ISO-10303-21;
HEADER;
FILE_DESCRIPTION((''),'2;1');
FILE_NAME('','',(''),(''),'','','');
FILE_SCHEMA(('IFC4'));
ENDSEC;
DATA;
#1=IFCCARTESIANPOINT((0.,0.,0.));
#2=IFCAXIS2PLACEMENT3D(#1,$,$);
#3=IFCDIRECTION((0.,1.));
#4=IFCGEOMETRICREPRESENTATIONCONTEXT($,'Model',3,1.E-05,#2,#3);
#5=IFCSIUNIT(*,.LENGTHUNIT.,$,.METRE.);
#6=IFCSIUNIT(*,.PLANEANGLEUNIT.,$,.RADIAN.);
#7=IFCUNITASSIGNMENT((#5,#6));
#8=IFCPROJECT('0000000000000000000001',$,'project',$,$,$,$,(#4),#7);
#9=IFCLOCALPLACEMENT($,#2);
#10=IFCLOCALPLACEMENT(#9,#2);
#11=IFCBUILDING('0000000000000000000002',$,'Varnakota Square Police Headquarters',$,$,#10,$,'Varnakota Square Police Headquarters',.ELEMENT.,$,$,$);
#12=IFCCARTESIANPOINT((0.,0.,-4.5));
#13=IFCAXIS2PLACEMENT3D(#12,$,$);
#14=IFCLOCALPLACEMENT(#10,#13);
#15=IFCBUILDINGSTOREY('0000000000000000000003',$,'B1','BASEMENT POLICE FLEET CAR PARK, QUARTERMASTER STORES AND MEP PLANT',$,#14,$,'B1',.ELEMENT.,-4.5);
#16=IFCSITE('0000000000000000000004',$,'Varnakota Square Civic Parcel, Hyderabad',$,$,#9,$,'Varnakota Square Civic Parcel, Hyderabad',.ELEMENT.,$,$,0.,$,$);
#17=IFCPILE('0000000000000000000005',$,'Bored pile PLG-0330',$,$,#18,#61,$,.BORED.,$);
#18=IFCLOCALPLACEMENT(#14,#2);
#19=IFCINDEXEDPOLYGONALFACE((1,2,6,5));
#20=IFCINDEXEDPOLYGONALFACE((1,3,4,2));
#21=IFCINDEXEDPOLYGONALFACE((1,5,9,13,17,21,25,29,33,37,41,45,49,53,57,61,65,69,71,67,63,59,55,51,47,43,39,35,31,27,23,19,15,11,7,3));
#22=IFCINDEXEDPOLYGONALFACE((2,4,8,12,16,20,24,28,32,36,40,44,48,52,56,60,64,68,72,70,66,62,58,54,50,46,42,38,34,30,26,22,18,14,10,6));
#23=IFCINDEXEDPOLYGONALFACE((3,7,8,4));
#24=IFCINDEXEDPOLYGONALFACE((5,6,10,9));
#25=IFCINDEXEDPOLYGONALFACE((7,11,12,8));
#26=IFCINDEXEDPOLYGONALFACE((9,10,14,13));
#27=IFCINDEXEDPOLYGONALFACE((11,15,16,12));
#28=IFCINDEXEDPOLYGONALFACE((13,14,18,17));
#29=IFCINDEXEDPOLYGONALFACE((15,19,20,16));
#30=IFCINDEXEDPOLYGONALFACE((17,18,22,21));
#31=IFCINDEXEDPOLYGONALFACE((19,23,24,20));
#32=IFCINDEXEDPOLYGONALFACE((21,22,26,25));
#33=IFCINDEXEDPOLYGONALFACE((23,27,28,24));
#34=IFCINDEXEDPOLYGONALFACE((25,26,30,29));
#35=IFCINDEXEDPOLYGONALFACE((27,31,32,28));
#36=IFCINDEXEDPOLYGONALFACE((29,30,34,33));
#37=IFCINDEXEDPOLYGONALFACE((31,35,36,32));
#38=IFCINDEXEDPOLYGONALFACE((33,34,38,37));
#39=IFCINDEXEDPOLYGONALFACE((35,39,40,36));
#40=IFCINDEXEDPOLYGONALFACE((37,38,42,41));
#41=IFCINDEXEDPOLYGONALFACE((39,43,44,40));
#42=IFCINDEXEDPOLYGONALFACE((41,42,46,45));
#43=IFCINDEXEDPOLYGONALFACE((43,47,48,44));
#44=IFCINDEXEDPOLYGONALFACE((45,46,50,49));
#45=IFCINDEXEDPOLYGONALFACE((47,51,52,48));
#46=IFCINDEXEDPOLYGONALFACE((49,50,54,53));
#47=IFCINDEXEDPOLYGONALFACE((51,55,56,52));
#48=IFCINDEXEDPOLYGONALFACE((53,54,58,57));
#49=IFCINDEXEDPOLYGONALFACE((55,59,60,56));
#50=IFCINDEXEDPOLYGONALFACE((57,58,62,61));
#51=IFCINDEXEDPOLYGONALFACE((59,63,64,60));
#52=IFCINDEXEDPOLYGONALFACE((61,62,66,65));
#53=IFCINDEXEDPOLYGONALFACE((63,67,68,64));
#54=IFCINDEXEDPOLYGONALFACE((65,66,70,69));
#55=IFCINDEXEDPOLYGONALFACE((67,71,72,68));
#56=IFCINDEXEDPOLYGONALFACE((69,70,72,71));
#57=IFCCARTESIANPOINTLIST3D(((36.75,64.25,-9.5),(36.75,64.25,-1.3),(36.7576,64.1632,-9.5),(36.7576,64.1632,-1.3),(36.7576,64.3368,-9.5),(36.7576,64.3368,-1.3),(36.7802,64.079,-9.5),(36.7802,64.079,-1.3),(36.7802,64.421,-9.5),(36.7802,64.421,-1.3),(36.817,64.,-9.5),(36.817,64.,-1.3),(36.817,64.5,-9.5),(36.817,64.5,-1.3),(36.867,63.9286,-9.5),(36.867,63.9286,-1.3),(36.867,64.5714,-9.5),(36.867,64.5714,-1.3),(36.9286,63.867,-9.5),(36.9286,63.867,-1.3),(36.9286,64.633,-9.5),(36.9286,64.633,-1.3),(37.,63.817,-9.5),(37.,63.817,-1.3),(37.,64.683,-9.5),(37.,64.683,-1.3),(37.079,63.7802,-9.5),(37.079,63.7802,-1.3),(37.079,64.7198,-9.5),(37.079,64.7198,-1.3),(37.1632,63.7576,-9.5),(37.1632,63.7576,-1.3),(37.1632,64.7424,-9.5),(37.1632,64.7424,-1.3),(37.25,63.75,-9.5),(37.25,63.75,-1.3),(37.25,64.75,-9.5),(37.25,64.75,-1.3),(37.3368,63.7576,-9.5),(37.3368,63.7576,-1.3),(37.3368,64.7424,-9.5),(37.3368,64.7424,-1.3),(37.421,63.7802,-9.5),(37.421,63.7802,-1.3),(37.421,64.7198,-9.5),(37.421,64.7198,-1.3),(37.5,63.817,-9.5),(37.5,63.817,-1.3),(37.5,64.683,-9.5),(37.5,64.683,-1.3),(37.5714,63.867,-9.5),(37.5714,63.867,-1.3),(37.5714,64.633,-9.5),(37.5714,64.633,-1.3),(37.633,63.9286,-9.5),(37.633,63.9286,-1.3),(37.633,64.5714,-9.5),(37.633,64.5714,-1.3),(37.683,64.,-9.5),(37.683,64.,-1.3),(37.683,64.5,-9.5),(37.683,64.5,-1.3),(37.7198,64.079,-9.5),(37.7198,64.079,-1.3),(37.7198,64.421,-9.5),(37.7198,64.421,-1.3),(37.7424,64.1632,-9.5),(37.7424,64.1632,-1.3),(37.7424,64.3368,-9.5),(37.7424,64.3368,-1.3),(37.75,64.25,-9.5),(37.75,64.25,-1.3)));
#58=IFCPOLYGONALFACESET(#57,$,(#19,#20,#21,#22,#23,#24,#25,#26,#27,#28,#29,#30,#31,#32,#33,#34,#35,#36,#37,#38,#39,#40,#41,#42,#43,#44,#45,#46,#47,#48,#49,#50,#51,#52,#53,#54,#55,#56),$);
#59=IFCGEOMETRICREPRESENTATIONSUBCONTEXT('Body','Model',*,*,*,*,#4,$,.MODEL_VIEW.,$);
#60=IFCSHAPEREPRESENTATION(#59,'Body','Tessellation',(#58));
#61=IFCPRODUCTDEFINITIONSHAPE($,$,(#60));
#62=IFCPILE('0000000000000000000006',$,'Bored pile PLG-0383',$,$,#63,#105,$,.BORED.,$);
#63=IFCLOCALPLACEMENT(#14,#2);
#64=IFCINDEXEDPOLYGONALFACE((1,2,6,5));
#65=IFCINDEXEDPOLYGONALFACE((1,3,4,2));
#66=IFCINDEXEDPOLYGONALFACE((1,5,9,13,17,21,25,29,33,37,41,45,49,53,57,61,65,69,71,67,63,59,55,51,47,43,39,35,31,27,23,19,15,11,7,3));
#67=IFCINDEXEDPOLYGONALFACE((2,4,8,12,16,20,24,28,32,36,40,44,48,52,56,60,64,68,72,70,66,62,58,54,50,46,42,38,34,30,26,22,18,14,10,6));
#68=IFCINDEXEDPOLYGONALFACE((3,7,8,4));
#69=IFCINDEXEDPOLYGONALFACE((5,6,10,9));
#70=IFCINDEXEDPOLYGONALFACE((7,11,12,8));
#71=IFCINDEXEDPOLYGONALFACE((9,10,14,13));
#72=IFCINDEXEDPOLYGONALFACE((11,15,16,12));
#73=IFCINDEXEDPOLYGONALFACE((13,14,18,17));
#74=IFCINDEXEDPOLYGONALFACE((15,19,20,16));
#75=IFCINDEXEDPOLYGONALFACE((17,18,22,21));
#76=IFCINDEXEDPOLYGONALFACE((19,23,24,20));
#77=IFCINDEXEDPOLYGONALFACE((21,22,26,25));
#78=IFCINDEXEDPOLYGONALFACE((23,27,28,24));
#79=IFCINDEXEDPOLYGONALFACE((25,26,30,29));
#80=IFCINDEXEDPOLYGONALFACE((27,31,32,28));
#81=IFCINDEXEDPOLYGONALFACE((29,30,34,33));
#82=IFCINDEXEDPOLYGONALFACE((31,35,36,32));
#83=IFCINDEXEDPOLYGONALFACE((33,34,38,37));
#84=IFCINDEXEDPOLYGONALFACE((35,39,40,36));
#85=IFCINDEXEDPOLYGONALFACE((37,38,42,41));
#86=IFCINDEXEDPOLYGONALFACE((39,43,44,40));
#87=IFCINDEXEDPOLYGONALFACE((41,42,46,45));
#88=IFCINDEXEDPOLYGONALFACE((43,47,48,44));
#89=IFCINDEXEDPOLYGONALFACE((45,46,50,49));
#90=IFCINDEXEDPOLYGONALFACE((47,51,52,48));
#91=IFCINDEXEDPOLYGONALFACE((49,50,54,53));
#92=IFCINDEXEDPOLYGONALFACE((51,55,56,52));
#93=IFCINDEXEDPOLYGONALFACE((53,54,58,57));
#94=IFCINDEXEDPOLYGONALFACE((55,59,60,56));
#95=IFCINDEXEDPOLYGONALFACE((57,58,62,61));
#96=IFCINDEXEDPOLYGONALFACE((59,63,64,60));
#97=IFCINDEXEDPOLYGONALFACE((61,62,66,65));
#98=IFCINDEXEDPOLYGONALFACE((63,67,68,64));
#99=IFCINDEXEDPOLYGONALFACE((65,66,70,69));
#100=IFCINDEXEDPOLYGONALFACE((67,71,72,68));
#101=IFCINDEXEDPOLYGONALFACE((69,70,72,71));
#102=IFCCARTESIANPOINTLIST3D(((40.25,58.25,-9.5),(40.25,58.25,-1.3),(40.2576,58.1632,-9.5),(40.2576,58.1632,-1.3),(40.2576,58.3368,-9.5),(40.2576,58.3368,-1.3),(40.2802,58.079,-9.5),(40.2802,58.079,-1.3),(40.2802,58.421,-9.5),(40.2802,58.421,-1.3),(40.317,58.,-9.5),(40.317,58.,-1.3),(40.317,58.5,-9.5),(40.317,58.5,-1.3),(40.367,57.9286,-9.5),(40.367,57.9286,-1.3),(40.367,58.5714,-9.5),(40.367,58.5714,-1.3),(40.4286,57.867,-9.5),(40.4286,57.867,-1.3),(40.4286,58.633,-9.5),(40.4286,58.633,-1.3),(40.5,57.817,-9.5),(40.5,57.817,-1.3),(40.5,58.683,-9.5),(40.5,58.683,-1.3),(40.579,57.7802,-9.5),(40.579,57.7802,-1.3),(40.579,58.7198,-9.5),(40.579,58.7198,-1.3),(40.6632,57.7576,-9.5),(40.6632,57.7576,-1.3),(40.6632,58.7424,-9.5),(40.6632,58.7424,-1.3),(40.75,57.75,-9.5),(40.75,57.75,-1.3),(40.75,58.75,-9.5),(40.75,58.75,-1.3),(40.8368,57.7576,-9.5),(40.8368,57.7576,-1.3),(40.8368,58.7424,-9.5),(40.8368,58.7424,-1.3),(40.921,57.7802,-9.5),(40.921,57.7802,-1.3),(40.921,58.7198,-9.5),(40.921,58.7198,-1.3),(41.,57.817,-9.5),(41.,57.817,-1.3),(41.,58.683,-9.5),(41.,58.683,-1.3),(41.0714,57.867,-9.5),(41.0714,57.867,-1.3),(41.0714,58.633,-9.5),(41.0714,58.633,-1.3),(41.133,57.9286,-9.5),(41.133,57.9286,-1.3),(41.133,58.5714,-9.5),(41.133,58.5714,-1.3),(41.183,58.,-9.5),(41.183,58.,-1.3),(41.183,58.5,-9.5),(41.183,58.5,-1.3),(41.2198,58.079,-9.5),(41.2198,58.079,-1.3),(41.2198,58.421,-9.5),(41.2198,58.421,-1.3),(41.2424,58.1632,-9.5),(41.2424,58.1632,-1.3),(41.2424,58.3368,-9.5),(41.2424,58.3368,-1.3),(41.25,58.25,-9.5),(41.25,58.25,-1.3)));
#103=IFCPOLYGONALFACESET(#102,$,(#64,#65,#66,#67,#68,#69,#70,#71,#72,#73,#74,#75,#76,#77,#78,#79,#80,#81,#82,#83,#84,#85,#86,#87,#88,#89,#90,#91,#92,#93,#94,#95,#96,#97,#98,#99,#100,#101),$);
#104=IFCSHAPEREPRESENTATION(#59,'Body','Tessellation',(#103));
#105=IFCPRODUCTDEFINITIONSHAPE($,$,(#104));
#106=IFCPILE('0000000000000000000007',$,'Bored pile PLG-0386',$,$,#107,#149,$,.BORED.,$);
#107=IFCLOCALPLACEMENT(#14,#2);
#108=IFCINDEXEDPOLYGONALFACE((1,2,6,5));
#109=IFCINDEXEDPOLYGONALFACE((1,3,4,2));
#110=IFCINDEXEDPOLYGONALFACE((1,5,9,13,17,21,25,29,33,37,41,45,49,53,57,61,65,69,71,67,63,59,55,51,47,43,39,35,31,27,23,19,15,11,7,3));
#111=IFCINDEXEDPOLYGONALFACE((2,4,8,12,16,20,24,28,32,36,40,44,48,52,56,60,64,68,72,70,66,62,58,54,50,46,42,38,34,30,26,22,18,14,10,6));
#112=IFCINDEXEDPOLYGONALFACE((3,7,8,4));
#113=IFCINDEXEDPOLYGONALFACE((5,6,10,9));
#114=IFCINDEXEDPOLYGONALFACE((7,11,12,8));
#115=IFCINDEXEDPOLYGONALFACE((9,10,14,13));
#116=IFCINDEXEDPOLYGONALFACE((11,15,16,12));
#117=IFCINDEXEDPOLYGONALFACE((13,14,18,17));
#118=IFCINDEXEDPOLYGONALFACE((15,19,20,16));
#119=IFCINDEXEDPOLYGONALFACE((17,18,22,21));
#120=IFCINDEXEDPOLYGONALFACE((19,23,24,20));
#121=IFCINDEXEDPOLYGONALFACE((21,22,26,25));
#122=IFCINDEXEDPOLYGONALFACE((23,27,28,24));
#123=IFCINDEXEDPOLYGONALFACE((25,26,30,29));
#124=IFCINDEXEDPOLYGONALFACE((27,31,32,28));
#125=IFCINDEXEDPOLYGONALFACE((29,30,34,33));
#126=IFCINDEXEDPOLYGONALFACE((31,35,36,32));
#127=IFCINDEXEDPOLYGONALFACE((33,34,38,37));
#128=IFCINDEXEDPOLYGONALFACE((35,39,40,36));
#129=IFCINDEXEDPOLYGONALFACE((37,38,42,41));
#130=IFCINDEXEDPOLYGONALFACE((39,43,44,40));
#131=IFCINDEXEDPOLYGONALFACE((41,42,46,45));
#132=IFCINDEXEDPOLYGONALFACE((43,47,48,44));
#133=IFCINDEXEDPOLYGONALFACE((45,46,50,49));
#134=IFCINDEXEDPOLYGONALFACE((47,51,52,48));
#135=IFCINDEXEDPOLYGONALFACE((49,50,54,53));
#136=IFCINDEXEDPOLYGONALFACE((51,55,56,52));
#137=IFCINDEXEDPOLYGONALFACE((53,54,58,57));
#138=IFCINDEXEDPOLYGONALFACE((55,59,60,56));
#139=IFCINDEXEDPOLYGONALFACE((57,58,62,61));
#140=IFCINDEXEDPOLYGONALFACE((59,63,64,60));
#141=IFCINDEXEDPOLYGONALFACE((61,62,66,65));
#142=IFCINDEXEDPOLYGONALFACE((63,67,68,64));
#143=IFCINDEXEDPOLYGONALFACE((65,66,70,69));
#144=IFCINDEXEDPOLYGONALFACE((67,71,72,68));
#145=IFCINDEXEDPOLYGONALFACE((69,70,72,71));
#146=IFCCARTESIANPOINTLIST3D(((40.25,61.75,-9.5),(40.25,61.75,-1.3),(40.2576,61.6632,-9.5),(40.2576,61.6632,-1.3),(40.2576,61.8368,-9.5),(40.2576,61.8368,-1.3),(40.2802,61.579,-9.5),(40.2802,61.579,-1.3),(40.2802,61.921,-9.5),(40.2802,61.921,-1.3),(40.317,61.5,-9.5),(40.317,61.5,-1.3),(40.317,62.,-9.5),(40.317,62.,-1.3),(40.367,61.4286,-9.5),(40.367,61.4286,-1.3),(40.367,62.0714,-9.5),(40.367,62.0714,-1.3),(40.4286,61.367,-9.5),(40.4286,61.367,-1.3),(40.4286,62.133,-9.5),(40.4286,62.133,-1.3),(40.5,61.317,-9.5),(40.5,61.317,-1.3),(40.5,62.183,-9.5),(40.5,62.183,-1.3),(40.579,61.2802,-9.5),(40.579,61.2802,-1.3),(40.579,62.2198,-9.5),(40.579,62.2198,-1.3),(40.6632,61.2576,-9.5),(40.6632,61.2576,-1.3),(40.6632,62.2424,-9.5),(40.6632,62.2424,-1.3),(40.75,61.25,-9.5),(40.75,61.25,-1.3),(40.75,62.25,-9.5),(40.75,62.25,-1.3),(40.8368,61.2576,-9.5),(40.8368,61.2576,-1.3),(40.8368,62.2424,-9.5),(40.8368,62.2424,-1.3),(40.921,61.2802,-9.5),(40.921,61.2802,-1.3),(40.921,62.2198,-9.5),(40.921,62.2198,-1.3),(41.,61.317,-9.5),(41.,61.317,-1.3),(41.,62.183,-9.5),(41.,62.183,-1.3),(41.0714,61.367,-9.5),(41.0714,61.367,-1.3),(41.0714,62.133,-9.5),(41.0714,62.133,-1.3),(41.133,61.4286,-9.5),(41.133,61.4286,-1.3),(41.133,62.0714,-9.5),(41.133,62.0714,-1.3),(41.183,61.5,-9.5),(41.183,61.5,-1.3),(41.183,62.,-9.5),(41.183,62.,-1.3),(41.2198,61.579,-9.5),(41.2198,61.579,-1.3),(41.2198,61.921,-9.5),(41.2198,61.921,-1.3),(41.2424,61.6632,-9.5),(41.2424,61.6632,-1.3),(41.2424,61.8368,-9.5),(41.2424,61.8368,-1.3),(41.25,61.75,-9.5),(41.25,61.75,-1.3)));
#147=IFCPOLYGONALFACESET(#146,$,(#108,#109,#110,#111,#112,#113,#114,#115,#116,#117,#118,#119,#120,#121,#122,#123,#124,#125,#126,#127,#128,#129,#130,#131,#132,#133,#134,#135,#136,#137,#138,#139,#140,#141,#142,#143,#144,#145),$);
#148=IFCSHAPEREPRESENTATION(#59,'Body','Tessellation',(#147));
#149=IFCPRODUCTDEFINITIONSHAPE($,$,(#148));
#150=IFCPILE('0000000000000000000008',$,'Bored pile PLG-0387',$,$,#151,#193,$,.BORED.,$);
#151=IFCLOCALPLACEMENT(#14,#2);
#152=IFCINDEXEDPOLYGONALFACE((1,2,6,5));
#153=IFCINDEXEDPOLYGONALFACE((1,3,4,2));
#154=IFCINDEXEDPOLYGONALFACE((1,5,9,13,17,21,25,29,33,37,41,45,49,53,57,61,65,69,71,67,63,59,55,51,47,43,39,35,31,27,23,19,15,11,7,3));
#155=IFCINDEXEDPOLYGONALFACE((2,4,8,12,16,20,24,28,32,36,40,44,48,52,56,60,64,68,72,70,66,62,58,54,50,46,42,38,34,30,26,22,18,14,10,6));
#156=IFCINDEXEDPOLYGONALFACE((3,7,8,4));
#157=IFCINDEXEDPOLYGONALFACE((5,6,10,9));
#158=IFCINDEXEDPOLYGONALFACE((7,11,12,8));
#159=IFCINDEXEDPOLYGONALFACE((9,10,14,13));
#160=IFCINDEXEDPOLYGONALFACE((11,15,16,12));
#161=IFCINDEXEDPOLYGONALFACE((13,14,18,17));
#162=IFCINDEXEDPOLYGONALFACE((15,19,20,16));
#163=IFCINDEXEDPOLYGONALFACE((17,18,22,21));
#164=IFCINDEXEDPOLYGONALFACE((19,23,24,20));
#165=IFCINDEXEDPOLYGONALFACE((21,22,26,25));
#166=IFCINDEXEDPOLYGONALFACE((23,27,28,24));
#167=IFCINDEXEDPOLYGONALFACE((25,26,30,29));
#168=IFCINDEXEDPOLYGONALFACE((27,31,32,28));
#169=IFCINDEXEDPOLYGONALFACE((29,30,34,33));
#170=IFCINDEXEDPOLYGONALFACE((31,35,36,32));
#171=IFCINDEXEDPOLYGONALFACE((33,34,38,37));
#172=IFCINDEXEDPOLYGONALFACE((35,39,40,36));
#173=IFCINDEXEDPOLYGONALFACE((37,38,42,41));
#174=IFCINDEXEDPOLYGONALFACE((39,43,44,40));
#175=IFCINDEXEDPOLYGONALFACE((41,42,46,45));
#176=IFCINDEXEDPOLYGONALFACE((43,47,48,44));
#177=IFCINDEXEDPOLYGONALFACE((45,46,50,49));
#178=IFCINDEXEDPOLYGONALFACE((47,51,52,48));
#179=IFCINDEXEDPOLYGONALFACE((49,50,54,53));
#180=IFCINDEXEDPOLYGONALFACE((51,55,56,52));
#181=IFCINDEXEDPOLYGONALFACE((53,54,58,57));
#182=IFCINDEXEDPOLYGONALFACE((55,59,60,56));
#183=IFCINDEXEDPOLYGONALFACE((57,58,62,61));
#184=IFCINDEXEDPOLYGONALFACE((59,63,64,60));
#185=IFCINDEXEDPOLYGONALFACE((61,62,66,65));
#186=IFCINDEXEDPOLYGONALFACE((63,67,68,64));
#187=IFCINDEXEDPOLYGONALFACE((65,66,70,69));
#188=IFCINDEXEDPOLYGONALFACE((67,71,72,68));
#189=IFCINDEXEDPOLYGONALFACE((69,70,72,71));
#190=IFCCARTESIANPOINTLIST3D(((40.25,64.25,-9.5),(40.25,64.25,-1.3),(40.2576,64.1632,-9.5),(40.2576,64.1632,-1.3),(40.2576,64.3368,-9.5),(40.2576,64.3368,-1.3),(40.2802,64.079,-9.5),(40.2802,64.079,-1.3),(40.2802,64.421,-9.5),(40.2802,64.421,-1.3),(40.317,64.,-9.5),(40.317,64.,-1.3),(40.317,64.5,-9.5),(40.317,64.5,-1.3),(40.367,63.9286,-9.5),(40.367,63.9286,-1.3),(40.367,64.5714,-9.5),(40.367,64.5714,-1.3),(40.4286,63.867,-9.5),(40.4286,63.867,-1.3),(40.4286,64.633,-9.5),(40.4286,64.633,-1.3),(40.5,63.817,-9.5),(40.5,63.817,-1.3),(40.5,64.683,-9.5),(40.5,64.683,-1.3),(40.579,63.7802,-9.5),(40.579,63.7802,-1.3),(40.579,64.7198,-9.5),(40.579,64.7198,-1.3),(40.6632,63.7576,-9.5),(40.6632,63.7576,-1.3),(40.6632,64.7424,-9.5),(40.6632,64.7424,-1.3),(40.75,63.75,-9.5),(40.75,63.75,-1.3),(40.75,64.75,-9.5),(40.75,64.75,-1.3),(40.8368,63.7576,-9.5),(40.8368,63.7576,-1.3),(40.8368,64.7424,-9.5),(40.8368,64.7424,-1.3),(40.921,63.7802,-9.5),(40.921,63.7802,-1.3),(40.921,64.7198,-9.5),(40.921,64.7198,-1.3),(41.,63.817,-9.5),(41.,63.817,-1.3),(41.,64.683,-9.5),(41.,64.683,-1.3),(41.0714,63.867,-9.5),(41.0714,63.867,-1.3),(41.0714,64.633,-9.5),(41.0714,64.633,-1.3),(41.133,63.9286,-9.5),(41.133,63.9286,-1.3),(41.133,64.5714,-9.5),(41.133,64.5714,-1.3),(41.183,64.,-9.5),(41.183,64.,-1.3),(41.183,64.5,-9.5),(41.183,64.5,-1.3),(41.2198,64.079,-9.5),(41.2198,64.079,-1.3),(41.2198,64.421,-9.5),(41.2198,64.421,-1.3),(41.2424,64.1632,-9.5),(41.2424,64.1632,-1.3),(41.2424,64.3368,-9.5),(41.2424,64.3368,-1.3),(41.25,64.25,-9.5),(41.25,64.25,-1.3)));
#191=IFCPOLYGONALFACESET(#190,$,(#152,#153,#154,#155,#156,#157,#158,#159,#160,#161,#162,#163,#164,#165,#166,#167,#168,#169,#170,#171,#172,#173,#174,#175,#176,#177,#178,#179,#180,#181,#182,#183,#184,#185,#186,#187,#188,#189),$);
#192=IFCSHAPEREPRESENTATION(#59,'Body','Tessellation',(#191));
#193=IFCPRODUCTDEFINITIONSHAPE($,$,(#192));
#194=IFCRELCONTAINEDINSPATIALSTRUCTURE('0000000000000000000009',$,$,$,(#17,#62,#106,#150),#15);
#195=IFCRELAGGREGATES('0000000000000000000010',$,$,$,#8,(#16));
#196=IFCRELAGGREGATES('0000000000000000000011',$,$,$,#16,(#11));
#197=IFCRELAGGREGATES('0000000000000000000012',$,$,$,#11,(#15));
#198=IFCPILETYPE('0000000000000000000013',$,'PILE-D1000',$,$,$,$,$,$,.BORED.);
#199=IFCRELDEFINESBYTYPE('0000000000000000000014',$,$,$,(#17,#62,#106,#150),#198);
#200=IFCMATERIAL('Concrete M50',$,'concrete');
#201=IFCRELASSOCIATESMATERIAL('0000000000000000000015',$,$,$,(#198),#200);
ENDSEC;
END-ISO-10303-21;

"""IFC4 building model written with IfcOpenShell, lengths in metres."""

from ifc_helpers import new_model, si_unit, direction, frame, origin, origin_2d, place, context, subcontext, project, spatial, circle, extrude, material, material_profile, profile_set, type_object, element, save


model = new_model("IFC4")

# Units and contexts
model_context = context("Model", 3, precision=1e-05, world=origin(), true_north=direction((0.0, 1.0)))
body_context = subcontext(model_context, "Body", "Model", "MODEL_VIEW")
ifc_project = project(units=[si_unit("LENGTHUNIT", "METRE"), si_unit("PLANEANGLEUNIT", "RADIAN")], contexts=[model_context])

# Site, building, storey
site_placement = place(None, origin())
site = spatial("IfcSite", under=ifc_project, at=site_placement, Name="Varnakota Square Civic Parcel, Hyderabad", LongName="Varnakota Square Civic Parcel, Hyderabad", CompositionType="ELEMENT", RefElevation=0.0)
building_placement = place(site_placement, origin())
building = spatial("IfcBuilding", under=site, at=building_placement, Name="Varnakota Square Police Headquarters", LongName="Varnakota Square Police Headquarters", CompositionType="ELEMENT")
storey_placement = place(building_placement, frame((0.0, 0.0, -4.5)))
storey = spatial("IfcBuildingStorey", under=building, at=storey_placement, Name="B1", Description="BASEMENT POLICE FLEET CAR PARK, QUARTERMASTER STORES AND MEP PLANT", LongName="B1", CompositionType="ELEMENT", Elevation=-4.5)

# Shared definitions
ifc_material_1 = material(Name="Concrete M50", Category="concrete")

# Piles
ifc_material_profile_1 = material_profile(ifc_material_1, circle(Radius=0.5, at=origin_2d()), Name="BORED PILE 1000")
ifc_profile_set_1 = profile_set([ifc_material_profile_1], Name="Concrete M50")
pile_type_1 = type_object("IfcPileType", Name="PILE-D1000", PredefinedType="BORED", material=ifc_profile_set_1)
for number, where, z_axis, x_axis, name in (
    (1, (37.25, 64.25, -1.3), (0.0, 0.0, -1.0), (1.0, 0.0, 0.0), "Bored pile PLG-0330"),
    (2, (40.75, 58.25, -1.3), (0.0, 0.0, -1.0), (1.0, 0.0, 0.0), "Bored pile PLG-0383"),
    (3, (40.75, 61.75, -1.3), (0.0, 0.0, -1.0), (1.0, 0.0, 0.0), "Bored pile PLG-0386"),
    (4, (40.75, 64.25, -1.3), (0.0, 0.0, -1.0), (1.0, 0.0, 0.0), "Bored pile PLG-0387"),
):
    element("IfcPile", number, at=place(storey_placement, frame(where, z_axis=z_axis, x_axis=x_axis)), inside=storey, type_object=pile_type_1, Name=name, PredefinedType="BORED", context=body_context, shape_type="SweptSolid", body=[
        extrude(circle(Radius=0.5, at=origin_2d()), origin(), (0.0, 0.0, 1.0), 8.2),
    ])

save(model, "model.ifc")
